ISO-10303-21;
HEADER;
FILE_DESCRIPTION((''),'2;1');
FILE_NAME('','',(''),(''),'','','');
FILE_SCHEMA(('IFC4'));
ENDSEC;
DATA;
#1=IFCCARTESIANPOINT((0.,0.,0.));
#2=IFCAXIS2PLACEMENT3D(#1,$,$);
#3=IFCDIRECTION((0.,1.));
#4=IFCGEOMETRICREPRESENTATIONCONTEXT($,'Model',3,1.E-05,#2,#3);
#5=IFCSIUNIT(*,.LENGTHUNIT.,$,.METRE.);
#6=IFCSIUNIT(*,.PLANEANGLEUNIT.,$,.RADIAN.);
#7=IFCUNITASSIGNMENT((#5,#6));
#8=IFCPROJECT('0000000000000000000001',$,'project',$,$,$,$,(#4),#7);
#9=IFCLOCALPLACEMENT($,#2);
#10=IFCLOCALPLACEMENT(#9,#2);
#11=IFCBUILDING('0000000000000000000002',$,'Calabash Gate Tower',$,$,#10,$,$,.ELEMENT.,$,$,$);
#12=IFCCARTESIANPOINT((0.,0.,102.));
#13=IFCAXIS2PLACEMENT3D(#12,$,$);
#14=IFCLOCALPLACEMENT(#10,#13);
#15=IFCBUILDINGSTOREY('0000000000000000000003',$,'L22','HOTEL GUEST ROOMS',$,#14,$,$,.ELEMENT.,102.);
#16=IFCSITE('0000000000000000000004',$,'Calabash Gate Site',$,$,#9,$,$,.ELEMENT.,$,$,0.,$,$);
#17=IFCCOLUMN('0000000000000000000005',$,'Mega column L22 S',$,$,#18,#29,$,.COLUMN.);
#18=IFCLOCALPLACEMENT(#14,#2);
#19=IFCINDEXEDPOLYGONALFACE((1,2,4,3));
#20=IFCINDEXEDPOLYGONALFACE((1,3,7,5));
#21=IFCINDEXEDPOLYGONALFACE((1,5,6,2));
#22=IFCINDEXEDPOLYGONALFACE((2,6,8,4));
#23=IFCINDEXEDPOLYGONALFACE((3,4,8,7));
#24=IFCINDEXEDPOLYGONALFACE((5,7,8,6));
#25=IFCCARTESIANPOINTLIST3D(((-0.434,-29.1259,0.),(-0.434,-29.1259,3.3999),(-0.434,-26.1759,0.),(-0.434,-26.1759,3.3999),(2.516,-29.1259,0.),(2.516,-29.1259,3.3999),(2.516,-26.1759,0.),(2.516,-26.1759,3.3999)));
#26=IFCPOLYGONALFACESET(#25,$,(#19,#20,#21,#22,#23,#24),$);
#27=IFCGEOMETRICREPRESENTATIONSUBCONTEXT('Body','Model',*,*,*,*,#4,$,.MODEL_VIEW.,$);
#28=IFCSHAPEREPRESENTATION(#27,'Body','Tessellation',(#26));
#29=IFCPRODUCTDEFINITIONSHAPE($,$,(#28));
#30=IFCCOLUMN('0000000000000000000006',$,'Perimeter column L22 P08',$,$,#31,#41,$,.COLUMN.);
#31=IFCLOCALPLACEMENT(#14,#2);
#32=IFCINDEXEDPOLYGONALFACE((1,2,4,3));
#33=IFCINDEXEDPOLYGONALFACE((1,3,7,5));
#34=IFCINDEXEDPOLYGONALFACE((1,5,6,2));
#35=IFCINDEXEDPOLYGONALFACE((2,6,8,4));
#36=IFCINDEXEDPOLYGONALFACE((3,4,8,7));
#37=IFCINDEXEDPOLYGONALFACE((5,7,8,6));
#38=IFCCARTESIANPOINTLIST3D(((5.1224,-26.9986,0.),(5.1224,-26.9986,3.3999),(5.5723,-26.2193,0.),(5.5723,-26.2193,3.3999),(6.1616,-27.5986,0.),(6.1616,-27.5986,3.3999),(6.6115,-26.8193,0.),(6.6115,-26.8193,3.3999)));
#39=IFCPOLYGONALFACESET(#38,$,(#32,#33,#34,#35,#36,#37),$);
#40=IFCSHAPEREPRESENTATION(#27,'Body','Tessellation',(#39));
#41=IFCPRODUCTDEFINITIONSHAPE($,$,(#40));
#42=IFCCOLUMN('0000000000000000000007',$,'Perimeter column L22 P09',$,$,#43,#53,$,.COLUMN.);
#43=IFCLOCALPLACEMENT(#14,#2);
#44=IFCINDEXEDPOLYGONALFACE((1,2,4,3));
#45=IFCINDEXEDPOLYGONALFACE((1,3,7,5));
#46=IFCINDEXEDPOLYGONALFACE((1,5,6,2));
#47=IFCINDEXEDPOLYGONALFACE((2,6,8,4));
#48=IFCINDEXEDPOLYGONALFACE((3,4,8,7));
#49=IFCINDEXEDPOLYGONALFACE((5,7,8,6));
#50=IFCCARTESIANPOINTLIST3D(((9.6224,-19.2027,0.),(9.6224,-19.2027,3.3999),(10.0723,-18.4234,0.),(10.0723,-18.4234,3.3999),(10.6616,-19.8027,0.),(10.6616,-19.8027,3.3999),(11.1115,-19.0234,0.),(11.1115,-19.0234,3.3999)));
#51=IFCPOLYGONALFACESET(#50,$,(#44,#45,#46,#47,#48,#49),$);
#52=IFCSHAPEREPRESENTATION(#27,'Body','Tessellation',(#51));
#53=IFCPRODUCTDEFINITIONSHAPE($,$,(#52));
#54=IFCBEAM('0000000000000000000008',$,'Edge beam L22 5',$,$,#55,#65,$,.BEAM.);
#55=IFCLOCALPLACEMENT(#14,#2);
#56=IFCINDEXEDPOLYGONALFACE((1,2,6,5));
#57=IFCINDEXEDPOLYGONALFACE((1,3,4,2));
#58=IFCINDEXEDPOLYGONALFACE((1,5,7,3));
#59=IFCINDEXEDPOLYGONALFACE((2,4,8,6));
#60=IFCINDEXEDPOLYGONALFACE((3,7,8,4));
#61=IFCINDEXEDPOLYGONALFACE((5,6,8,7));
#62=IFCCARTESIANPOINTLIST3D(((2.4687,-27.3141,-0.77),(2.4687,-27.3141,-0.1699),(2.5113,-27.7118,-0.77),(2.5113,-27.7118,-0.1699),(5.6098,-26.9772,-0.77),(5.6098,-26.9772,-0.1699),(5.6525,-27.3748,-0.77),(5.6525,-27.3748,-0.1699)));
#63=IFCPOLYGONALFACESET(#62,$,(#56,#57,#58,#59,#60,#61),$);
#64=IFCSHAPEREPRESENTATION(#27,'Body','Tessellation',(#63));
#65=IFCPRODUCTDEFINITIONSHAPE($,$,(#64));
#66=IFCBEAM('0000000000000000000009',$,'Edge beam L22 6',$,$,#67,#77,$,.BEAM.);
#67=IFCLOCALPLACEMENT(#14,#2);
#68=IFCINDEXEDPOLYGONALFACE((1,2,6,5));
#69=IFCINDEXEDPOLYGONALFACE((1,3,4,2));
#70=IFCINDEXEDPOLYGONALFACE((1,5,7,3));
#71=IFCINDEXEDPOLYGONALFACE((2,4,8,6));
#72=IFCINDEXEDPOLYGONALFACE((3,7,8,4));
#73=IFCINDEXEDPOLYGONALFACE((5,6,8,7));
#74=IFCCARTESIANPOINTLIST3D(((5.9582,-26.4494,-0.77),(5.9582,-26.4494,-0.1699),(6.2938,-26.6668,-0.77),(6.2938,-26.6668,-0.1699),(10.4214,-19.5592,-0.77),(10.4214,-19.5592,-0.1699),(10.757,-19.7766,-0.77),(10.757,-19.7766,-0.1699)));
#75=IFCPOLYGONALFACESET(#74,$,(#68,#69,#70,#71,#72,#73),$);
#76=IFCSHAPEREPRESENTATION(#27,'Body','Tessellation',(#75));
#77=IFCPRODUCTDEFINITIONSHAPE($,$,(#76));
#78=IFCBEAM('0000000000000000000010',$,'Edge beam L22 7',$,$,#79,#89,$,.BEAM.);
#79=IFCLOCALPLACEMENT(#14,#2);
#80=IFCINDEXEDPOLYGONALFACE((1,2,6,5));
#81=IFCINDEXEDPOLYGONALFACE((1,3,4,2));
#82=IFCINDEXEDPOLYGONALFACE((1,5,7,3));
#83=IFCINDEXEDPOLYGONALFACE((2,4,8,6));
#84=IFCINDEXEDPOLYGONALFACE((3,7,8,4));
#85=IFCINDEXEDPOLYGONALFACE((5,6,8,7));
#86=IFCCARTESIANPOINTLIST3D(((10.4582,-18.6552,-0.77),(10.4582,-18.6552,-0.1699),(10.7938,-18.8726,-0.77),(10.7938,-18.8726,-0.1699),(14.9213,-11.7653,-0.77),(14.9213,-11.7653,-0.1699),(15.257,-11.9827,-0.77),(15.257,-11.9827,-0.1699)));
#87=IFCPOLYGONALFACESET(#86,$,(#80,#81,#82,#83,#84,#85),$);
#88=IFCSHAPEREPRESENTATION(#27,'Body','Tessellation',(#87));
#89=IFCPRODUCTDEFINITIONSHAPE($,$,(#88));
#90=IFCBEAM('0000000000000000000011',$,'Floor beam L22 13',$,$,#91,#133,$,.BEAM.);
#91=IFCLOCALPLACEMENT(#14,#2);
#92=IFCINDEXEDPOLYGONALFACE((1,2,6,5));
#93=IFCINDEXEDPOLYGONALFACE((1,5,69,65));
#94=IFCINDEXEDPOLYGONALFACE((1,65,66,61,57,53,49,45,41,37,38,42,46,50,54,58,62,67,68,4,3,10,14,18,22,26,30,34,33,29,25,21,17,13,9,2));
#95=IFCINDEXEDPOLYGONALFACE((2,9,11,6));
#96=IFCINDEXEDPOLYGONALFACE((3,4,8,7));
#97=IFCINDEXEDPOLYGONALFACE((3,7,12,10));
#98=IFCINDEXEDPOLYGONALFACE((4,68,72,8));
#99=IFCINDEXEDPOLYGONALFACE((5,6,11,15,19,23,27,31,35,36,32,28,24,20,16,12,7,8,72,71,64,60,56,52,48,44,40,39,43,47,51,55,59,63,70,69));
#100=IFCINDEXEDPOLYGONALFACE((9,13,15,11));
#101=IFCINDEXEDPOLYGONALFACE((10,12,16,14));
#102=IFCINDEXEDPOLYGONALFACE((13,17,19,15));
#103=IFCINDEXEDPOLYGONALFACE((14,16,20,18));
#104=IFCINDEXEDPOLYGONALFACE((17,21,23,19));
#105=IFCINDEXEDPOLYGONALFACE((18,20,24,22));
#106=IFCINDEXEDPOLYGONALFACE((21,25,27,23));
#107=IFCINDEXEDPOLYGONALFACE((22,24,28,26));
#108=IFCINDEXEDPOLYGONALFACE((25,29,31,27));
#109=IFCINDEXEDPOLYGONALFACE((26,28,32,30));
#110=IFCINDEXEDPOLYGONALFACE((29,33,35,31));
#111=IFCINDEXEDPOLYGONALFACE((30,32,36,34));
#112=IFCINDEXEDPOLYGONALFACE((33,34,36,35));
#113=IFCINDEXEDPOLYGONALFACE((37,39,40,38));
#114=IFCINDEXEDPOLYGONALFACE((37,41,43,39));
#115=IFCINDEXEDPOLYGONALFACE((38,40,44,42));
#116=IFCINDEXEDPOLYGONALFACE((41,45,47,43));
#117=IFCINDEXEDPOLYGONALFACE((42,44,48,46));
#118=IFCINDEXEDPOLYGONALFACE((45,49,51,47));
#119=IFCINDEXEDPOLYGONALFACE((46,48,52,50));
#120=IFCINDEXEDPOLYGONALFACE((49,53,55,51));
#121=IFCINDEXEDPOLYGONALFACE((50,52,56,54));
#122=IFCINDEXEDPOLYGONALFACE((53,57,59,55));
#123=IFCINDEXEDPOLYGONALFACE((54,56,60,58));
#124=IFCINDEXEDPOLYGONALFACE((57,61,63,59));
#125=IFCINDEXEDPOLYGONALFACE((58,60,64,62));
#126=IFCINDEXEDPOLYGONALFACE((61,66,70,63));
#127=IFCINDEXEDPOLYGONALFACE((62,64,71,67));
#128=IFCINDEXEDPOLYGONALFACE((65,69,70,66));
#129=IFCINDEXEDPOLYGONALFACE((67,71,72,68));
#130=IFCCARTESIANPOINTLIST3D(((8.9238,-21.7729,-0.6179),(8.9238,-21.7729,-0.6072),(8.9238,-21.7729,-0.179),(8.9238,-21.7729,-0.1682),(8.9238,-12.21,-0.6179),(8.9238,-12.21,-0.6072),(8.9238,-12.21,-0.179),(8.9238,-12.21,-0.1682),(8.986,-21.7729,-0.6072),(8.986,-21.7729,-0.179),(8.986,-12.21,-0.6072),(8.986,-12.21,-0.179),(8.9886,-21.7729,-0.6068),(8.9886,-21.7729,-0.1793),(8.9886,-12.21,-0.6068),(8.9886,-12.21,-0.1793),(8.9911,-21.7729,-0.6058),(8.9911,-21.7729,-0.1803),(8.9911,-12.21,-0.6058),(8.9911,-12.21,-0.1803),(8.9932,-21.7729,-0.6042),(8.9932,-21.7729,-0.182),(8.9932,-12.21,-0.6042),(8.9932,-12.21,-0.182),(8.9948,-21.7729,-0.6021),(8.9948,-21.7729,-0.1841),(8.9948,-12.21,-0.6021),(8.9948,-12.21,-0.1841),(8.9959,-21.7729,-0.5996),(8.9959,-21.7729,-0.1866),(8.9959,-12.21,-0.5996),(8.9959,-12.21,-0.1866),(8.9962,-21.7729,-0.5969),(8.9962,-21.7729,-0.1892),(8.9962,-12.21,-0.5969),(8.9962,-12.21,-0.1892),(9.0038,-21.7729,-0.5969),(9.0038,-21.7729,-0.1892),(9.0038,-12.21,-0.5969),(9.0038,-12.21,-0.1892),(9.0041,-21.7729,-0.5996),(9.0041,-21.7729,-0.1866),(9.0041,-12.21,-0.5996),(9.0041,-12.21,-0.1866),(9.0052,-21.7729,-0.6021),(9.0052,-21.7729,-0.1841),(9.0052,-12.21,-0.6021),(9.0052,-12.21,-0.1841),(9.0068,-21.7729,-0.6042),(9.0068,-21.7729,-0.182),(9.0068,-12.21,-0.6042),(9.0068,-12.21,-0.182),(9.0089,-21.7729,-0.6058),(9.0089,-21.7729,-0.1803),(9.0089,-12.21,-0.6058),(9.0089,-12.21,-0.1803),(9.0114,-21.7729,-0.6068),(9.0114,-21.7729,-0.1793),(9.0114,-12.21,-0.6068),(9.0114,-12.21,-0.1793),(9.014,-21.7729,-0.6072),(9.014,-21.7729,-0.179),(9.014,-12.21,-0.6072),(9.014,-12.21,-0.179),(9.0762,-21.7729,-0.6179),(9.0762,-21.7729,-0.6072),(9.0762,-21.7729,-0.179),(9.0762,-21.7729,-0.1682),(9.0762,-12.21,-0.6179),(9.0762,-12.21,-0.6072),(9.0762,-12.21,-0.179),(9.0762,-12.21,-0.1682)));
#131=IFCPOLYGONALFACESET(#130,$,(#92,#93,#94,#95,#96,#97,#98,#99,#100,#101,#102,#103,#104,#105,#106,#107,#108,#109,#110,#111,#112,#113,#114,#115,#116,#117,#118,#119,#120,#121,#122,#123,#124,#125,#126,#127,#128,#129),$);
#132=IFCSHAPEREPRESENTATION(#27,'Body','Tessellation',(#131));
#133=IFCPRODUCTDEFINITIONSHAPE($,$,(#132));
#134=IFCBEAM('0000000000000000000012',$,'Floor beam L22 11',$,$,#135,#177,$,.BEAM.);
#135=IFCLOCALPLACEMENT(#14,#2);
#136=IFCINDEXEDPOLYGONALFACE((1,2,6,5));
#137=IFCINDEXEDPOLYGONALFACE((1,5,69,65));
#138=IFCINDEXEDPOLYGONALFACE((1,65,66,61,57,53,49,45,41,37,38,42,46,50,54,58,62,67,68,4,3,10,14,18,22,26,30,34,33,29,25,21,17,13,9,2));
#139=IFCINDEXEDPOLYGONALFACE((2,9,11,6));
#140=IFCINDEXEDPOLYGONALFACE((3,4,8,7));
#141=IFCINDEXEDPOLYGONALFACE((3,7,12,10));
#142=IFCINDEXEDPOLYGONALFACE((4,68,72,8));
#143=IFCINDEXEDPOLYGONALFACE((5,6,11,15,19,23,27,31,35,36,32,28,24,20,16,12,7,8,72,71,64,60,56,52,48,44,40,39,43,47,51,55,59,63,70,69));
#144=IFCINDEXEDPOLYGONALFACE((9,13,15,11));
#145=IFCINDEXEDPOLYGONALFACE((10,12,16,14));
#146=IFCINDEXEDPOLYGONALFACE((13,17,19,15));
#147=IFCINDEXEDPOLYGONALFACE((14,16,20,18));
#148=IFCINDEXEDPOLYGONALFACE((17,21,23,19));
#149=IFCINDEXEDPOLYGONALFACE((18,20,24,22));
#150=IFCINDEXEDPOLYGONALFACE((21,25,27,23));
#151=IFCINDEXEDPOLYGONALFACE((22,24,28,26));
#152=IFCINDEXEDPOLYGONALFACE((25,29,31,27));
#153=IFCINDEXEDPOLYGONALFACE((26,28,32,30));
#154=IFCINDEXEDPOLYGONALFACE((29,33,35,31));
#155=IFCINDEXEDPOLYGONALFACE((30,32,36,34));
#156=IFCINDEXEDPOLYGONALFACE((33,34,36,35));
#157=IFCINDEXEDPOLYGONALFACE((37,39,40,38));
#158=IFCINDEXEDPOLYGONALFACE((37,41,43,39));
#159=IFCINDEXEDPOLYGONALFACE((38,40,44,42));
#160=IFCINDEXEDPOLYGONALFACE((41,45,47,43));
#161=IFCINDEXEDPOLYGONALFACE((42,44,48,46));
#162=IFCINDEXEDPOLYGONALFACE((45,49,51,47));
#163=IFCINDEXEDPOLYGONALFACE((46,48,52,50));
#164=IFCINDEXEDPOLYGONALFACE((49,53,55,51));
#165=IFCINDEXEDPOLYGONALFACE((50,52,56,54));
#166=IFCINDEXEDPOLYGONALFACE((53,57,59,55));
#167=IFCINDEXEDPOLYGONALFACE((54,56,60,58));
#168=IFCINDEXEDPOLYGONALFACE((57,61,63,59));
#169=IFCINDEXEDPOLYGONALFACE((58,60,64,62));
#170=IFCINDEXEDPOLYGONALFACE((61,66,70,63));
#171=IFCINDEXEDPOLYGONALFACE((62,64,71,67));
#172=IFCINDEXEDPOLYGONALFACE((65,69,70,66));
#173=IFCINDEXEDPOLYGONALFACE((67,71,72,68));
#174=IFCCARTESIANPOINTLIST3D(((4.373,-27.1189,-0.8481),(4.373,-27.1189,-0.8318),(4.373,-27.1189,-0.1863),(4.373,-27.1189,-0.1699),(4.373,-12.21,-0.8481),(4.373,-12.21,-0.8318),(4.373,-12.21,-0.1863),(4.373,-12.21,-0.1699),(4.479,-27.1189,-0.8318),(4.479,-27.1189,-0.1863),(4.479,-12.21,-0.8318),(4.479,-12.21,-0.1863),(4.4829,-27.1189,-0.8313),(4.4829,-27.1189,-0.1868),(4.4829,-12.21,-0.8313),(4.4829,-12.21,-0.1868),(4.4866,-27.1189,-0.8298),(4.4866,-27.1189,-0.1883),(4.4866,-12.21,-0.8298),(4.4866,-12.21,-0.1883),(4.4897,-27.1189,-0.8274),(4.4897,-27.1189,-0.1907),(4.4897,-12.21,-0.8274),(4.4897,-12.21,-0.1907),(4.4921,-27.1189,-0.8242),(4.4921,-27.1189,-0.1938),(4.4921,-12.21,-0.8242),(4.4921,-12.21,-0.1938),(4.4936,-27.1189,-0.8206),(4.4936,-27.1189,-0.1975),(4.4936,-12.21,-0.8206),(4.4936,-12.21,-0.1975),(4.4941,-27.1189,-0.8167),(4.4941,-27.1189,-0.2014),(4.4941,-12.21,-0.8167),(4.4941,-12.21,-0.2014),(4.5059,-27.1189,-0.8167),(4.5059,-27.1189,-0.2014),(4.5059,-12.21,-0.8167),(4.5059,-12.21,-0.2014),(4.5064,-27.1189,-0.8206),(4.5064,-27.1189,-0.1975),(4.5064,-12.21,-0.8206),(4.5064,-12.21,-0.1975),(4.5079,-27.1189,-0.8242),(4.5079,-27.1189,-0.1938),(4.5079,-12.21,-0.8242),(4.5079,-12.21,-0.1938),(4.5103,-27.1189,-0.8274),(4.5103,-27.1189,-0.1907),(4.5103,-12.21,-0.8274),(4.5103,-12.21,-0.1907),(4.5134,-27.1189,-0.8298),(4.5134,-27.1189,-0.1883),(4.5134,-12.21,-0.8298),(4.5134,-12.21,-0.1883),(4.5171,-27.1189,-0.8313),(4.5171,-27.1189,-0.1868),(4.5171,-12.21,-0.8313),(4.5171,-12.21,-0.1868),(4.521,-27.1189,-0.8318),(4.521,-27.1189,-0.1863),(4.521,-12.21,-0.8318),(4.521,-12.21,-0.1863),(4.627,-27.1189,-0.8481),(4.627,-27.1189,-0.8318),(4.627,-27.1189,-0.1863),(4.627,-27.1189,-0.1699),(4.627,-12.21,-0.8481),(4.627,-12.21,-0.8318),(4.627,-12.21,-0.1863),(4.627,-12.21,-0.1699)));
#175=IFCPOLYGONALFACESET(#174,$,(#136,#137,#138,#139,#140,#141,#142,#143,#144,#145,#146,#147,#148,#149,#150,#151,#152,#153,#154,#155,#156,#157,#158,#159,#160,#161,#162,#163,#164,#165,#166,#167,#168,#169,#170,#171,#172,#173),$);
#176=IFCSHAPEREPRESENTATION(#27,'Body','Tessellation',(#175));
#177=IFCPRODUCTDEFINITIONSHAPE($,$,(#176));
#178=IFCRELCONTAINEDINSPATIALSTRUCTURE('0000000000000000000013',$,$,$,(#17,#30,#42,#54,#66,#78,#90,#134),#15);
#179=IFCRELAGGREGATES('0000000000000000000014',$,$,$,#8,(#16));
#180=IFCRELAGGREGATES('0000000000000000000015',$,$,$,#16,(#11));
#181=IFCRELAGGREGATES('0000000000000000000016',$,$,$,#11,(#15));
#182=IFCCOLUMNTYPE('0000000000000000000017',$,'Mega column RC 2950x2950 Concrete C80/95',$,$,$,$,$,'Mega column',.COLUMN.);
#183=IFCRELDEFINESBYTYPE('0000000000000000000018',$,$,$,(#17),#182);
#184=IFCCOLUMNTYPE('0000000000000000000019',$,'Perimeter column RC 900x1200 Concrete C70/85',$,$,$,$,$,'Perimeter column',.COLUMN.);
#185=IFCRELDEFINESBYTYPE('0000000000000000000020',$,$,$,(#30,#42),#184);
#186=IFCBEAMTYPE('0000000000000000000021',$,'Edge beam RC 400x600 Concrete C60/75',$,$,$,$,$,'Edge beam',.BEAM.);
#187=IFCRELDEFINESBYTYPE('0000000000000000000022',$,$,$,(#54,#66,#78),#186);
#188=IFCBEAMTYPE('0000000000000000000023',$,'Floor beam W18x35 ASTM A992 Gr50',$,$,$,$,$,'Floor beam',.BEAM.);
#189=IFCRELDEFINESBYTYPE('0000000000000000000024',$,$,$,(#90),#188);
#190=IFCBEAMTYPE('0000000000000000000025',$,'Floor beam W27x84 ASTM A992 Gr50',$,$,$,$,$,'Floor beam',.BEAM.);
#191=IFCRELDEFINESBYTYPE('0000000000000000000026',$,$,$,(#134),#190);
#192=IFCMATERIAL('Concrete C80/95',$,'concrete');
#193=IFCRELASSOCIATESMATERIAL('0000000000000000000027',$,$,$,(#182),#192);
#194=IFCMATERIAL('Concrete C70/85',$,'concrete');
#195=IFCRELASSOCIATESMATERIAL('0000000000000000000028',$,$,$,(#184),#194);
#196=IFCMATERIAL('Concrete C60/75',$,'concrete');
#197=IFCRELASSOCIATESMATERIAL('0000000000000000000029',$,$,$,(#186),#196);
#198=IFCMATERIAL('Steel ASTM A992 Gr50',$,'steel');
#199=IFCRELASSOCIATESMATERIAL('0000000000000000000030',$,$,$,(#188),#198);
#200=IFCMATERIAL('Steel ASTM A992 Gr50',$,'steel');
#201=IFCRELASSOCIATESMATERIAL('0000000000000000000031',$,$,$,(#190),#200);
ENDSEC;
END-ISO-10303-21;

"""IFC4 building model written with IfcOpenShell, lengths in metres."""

from ifc_helpers import new_model, si_unit, direction, frame, origin, origin_2d, place, context, subcontext, project, spatial, rectangle, i_section, extrude, material, material_profile, profile_set, type_object, element, save


model = new_model("IFC4")

# Units and contexts
model_context = context("Model", 3, precision=1e-05, world=origin(), true_north=direction((0.0, 1.0)))
body_context = subcontext(model_context, "Body", "Model", "MODEL_VIEW")
ifc_project = project(units=[si_unit("LENGTHUNIT", "METRE"), si_unit("PLANEANGLEUNIT", "RADIAN")], contexts=[model_context])

# Site, building, storey
site_placement = place(None, origin())
site = spatial("IfcSite", under=ifc_project, at=site_placement, Name="Calabash Gate Site", CompositionType="ELEMENT", RefElevation=0.0)
building_placement = place(site_placement, origin())
building = spatial("IfcBuilding", under=site, at=building_placement, Name="Calabash Gate Tower", CompositionType="ELEMENT")
storey_placement = place(building_placement, frame((0.0, 0.0, 102.0)))
storey = spatial("IfcBuildingStorey", under=building, at=storey_placement, Name="L22", Description="HOTEL GUEST ROOMS", CompositionType="ELEMENT", Elevation=102.0)

# Columns
ifc_material_1 = material(Name="Concrete C80/95", Category="concrete")
ifc_material_profile_1 = material_profile(ifc_material_1, rectangle(XDim=2.95, YDim=2.95, at=origin_2d()))
ifc_profile_set_1 = profile_set([ifc_material_profile_1], Name="Concrete C80/95")
column_type_1 = type_object("IfcColumnType", Name="Mega column RC 2950x2950 Concrete C80/95", ElementType="Mega column", PredefinedType="COLUMN", material=ifc_profile_set_1)
column_placement = place(storey_placement, frame((1.041, -27.6509, 0.0), z_axis=(0.0, 0.0, 1.0), x_axis=(0.0, 1.0, 0.0)))
element("IfcColumn", 1, at=column_placement, inside=storey, type_object=column_type_1, Name="Mega column L22 S", PredefinedType="COLUMN", context=body_context, shape_type="SweptSolid", body=[
    extrude(rectangle(XDim=2.95, YDim=2.95, at=origin_2d()), origin(), (0.0, 0.0, 1.0), 3.3999),
])
ifc_material_2 = material(Name="Concrete C70/85", Category="concrete")
ifc_material_profile_2 = material_profile(ifc_material_2, rectangle(XDim=0.8999, YDim=1.2, at=origin_2d()))
ifc_profile_set_2 = profile_set([ifc_material_profile_2], Name="Concrete C70/85")
column_type_2 = type_object("IfcColumnType", Name="Perimeter column RC 900x1200 Concrete C70/85", ElementType="Perimeter column", PredefinedType="COLUMN", material=ifc_profile_set_2)
for number, where, z_axis, x_axis, name in (
    (2, (5.8669, -26.9089, 0.0), (0.0, 0.0, 1.0), (0.5, 0.866025, 0.0), "Perimeter column L22 P08"),
    (3, (10.3669, -19.113, 0.0), (0.0, 0.0, 1.0), (0.5, 0.866025, 0.0), "Perimeter column L22 P09"),
):
    element("IfcColumn", number, at=place(storey_placement, frame(where, z_axis=z_axis, x_axis=x_axis)), inside=storey, type_object=column_type_2, Name=name, PredefinedType="COLUMN", context=body_context, shape_type="SweptSolid", body=[
        extrude(rectangle(XDim=0.8999, YDim=1.2, at=origin_2d()), origin(), (0.0, 0.0, 1.0), 3.3999),
    ])

# Beams
ifc_material_3 = material(Name="Concrete C60/75", Category="concrete")
ifc_material_profile_3 = material_profile(ifc_material_3, rectangle(XDim=0.3999, YDim=0.6001, at=origin_2d()))
ifc_profile_set_3 = profile_set([ifc_material_profile_3], Name="Concrete C60/75")
beam_type_1 = type_object("IfcBeamType", Name="Edge beam RC 400x600 Concrete C60/75", ElementType="Edge beam", PredefinedType="BEAM", material=ifc_profile_set_3)
beam_1_placement = place(storey_placement, frame((2.49, -27.5129, -0.47), z_axis=(0.994297, 0.106648, 0.0), x_axis=(-0.106648, 0.994297, 0.0)))
element("IfcBeam", 4, at=beam_1_placement, inside=storey, type_object=beam_type_1, Name="Edge beam L22 5", PredefinedType="BEAM", context=body_context, shape_type="SweptSolid", body=[
    extrude(rectangle(XDim=0.3999, YDim=0.6001, at=origin_2d()), origin(), (0.0, 0.0, 1.0), 3.1592),
])
beam_2_placement = place(storey_placement, frame((6.126, -26.5581, -0.47), z_axis=(0.543664, 0.839303, 0.0), x_axis=(-0.839303, 0.543664, 0.0)))
element("IfcBeam", 5, at=beam_2_placement, inside=storey, type_object=beam_type_1, Name="Edge beam L22 6", PredefinedType="BEAM", context=body_context, shape_type="SweptSolid", body=[
    extrude(rectangle(XDim=0.3999, YDim=0.6001, at=origin_2d()), origin(), (0.0, 0.0, 1.0), 8.2095),
])
beam_3_placement = place(storey_placement, frame((10.626, -18.7639, -0.47), z_axis=(0.543678, 0.839294, 0.0), x_axis=(-0.839294, 0.543678, 0.0)))
element("IfcBeam", 6, at=beam_3_placement, inside=storey, type_object=beam_type_1, Name="Edge beam L22 7", PredefinedType="BEAM", context=body_context, shape_type="SweptSolid", body=[
    extrude(rectangle(XDim=0.3999, YDim=0.6001, at=origin_2d()), origin(), (0.0, 0.0, 1.0), 8.2092),
])
ifc_material_4 = material(Name="Steel ASTM A992 Gr50", Category="steel")
ifc_material_profile_4 = material_profile(ifc_material_4, i_section(OverallWidth=0.1523, OverallDepth=0.4497, WebThickness=0.0076, FlangeThickness=0.0107, FilletRadius=0.0103, at=origin_2d()))
ifc_profile_set_4 = profile_set([ifc_material_profile_4], Name="Steel ASTM A992 Gr50")
beam_type_2 = type_object("IfcBeamType", Name="Floor beam W18x35 ASTM A992 Gr50", ElementType="Floor beam", PredefinedType="BEAM", material=ifc_profile_set_4)
beam_4_placement = place(storey_placement, frame((9.0, -21.7729, -0.3931), z_axis=(0.0, 1.0, 0.0), x_axis=(-1.0, 0.0, 0.0)))
element("IfcBeam", 7, at=beam_4_placement, inside=storey, type_object=beam_type_2, Name="Floor beam L22 13", PredefinedType="BEAM", context=body_context, shape_type="SweptSolid", body=[
    extrude(i_section(OverallWidth=0.1523, OverallDepth=0.4497, WebThickness=0.0076, FlangeThickness=0.0107, FilletRadius=0.0103, at=origin_2d()), origin(), (0.0, 0.0, 1.0), 9.563),
])
ifc_material_5 = material(Name="Steel ASTM A992 Gr50", Category="steel")
ifc_material_profile_5 = material_profile(ifc_material_5, i_section(OverallWidth=0.2539, OverallDepth=0.6782, WebThickness=0.0117, FlangeThickness=0.0164, FilletRadius=0.0151, at=origin_2d()))
ifc_profile_set_5 = profile_set([ifc_material_profile_5], Name="Steel ASTM A992 Gr50")
beam_type_3 = type_object("IfcBeamType", Name="Floor beam W27x84 ASTM A992 Gr50", ElementType="Floor beam", PredefinedType="BEAM", material=ifc_profile_set_5)
beam_5_placement = place(storey_placement, frame((4.5, -27.1189, -0.509), z_axis=(0.0, 1.0, 0.0), x_axis=(-1.0, 0.0, 0.0)))
element("IfcBeam", 8, at=beam_5_placement, inside=storey, type_object=beam_type_3, Name="Floor beam L22 11", PredefinedType="BEAM", context=body_context, shape_type="SweptSolid", body=[
    extrude(i_section(OverallWidth=0.2539, OverallDepth=0.6782, WebThickness=0.0117, FlangeThickness=0.0164, FilletRadius=0.0151, at=origin_2d()), origin(), (0.0, 0.0, 1.0), 14.9089),
])

save(model, "model.ifc")
